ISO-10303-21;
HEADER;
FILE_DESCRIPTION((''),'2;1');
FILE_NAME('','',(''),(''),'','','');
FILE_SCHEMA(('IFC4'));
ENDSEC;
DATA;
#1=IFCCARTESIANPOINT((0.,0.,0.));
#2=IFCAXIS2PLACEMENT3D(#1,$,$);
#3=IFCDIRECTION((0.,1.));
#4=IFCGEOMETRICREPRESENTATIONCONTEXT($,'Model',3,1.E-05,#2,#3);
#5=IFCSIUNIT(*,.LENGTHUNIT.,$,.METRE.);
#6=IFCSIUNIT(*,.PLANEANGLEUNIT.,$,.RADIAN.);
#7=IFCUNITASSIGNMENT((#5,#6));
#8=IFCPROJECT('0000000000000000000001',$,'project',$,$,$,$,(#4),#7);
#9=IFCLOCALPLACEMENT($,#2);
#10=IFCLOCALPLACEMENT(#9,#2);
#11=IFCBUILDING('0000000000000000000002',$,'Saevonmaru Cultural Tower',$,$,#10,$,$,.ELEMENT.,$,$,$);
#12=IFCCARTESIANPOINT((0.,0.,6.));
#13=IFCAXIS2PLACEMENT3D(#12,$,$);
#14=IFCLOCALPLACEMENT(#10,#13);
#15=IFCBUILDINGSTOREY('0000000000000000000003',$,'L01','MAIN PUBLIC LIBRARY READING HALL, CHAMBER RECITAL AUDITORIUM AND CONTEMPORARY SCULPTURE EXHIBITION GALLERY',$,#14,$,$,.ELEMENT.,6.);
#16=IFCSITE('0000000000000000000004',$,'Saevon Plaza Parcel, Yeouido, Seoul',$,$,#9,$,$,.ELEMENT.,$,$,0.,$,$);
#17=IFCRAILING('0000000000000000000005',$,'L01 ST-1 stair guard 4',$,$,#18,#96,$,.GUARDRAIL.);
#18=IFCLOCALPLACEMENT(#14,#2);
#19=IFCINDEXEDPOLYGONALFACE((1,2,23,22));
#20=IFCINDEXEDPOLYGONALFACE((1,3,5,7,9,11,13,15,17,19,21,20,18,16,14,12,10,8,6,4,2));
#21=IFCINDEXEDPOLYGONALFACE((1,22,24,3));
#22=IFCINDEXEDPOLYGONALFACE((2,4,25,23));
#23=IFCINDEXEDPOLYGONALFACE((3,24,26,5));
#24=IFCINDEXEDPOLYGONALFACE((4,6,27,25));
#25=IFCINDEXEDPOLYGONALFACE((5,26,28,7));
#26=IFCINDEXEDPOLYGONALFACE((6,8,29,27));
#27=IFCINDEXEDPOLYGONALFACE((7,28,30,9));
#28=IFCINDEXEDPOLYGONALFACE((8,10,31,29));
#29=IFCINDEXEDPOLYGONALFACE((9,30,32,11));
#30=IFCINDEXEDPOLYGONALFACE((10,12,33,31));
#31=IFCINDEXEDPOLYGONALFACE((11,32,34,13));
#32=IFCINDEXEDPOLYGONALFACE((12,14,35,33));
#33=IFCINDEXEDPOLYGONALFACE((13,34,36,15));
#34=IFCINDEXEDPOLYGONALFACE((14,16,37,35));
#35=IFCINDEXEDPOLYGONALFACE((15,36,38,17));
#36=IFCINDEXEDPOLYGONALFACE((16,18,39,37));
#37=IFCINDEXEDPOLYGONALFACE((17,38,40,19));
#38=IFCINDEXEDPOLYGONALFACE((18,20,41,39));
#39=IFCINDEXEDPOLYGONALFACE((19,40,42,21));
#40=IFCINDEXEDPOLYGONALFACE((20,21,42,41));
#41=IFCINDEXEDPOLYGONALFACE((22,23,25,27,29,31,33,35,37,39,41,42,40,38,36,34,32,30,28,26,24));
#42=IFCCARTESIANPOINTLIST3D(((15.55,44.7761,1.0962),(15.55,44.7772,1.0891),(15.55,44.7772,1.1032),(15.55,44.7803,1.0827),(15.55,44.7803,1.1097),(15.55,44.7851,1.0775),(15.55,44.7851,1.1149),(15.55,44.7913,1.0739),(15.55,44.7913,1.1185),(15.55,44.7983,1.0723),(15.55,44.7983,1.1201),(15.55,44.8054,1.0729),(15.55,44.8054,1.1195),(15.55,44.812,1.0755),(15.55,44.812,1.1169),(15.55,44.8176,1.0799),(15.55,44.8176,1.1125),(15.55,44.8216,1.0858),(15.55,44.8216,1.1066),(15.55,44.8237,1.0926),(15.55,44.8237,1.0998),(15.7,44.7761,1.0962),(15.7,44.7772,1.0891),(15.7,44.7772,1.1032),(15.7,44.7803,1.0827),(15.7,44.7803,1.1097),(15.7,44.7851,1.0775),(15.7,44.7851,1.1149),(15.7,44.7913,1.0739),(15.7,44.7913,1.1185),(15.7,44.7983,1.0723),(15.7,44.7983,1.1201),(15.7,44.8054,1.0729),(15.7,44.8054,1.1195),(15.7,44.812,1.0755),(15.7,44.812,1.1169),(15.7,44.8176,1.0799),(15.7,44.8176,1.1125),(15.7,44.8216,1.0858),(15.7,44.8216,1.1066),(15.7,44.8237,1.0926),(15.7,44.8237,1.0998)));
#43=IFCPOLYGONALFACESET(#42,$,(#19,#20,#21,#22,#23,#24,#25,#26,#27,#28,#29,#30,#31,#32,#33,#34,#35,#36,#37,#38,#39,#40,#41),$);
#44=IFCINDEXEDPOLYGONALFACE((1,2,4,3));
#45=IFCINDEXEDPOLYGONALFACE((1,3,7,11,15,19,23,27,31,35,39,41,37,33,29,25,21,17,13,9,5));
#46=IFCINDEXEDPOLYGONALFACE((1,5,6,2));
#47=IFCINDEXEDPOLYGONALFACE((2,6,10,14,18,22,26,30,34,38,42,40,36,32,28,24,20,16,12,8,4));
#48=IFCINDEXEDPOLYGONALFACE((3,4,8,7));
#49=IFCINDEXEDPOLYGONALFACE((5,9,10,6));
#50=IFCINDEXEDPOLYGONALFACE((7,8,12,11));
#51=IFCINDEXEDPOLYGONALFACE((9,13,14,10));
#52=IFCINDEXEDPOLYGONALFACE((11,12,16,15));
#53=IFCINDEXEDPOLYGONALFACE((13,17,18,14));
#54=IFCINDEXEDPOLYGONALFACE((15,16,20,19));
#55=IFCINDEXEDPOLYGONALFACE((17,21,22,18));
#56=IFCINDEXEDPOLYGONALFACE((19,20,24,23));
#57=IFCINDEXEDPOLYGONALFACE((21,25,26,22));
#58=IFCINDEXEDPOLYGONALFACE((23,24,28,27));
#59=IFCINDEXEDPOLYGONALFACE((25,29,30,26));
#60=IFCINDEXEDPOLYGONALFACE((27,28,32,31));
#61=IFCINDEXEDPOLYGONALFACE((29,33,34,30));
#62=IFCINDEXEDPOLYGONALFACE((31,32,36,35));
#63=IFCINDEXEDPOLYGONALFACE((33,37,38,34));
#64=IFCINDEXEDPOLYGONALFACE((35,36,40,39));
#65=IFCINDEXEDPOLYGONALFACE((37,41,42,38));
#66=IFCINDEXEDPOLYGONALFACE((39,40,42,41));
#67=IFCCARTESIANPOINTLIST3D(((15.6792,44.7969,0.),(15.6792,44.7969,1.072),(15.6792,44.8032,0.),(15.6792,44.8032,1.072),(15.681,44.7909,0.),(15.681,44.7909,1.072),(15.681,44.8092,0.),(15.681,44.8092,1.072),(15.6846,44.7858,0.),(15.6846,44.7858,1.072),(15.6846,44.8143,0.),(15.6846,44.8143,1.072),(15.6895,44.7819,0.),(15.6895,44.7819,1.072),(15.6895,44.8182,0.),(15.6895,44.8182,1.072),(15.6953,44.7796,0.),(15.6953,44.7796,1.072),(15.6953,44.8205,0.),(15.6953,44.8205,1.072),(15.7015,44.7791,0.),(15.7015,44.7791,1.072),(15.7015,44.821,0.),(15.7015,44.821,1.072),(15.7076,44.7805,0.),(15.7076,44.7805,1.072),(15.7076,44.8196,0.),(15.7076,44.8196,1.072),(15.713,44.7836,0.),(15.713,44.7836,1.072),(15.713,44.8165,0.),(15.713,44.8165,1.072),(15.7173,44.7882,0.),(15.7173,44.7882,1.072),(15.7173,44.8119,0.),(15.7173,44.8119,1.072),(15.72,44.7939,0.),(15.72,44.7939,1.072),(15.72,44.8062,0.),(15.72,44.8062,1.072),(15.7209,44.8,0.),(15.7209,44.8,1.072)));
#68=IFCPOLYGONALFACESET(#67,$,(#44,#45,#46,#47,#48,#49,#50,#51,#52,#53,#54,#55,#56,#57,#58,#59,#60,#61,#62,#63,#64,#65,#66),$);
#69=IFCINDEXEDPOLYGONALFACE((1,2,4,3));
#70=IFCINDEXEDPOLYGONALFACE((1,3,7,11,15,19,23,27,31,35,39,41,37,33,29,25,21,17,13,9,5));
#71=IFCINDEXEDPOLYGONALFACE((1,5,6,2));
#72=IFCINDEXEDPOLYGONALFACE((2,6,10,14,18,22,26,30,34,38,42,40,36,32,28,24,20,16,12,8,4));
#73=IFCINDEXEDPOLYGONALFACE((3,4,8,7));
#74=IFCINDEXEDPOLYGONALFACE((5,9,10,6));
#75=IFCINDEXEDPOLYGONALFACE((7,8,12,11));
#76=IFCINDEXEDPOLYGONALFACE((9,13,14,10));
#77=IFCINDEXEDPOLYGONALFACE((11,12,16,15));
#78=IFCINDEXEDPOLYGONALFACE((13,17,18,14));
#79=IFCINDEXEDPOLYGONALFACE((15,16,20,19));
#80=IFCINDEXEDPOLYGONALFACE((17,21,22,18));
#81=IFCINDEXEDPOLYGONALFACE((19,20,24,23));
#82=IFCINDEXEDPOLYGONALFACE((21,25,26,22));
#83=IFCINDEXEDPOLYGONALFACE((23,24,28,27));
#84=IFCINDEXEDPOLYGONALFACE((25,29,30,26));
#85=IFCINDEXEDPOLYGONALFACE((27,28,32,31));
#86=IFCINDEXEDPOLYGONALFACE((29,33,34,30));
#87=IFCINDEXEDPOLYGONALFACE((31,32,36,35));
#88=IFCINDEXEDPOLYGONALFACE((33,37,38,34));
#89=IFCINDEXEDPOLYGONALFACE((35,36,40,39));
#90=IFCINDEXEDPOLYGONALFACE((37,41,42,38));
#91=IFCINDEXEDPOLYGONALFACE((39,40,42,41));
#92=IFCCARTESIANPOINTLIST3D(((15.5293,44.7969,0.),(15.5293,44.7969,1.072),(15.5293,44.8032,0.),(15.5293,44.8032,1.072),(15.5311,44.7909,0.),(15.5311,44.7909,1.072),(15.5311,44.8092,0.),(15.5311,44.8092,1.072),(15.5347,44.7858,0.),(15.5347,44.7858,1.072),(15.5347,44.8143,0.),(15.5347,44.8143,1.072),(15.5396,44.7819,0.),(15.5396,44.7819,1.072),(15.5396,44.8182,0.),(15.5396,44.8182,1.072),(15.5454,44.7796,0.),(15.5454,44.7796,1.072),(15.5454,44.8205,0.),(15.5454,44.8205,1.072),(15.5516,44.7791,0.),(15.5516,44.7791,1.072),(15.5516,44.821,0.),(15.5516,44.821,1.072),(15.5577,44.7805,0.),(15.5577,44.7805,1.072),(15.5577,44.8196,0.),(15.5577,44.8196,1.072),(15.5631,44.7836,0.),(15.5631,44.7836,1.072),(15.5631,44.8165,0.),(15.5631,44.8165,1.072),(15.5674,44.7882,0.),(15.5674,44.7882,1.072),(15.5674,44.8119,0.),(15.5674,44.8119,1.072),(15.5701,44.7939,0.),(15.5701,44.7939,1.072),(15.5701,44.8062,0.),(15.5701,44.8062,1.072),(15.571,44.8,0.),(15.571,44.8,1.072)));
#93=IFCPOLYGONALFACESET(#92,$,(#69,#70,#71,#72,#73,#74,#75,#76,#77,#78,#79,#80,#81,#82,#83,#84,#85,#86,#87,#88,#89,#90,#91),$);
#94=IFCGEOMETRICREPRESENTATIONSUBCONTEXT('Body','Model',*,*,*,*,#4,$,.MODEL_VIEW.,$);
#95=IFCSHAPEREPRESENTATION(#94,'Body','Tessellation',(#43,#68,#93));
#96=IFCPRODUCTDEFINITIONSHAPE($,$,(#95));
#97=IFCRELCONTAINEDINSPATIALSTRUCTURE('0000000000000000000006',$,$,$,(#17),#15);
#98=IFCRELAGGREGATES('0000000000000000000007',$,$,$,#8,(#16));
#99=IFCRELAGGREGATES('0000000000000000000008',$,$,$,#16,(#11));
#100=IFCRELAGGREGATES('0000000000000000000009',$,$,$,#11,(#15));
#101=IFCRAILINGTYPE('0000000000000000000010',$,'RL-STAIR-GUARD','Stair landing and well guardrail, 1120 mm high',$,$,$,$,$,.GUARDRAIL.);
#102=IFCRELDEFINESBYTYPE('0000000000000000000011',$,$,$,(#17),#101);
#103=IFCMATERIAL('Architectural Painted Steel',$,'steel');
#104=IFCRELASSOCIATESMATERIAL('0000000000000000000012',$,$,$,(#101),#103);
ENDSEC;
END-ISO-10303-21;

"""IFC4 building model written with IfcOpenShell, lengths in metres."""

from ifc_helpers import new_model, si_unit, direction, frame, origin, origin_2d, place, context, subcontext, project, spatial, circle, extrude, material, type_object, element, save


model = new_model("IFC4")

# Units and contexts
model_context = context("Model", 3, precision=1e-05, world=origin(), true_north=direction((0.0, 1.0)))
body_context = subcontext(model_context, "Body", "Model", "MODEL_VIEW")
ifc_project = project(units=[si_unit("LENGTHUNIT", "METRE"), si_unit("PLANEANGLEUNIT", "RADIAN")], contexts=[model_context])

# Site, building, storey
site_placement = place(None, origin())
site = spatial("IfcSite", under=ifc_project, at=site_placement, Name="Saevon Plaza Parcel, Yeouido, Seoul", CompositionType="ELEMENT", RefElevation=0.0)
building_placement = place(site_placement, origin())
building = spatial("IfcBuilding", under=site, at=building_placement, Name="Saevonmaru Cultural Tower", CompositionType="ELEMENT")
storey_placement = place(building_placement, frame((0.0, 0.0, 6.0)))
storey = spatial("IfcBuildingStorey", under=building, at=storey_placement, Name="L01", Description="MAIN PUBLIC LIBRARY READING HALL, CHAMBER RECITAL AUDITORIUM AND CONTEMPORARY SCULPTURE EXHIBITION GALLERY", CompositionType="ELEMENT", Elevation=6.0)

# Railing
ifc_material_1 = material(Name="Architectural Painted Steel", Category="steel")
railing_type_1 = type_object("IfcRailingType", Name="RL-STAIR-GUARD", Description="Stair landing and well guardrail, 1120 mm high", PredefinedType="GUARDRAIL", material=ifc_material_1)
railing_1_placement = place(storey_placement, frame((15.7, 44.8, 0.0)))
element("IfcRailing", 1, at=railing_1_placement, inside=storey, type_object=railing_type_1, Name="L01 ST-1 stair guard 4", PredefinedType="GUARDRAIL", context=body_context, shape_type="SweptSolid", body=[
    extrude(circle(Radius=0.0239, at=origin_2d()), frame((0.0, 0.0, 1.0962), z_axis=(-1.0, 0.0, 0.0), x_axis=(0.0, -1.0, 0.0)), (0.0, 0.0, 1.0), 0.1499),
    extrude(circle(Radius=0.021, at=origin_2d()), origin(), (0.0, 0.0, 1.0), 1.072),
    extrude(circle(Radius=0.021, at=origin_2d()), frame((-0.1499, 0.0, 0.0)), (0.0, 0.0, 1.0), 1.072),
])

save(model, "model.ifc")
